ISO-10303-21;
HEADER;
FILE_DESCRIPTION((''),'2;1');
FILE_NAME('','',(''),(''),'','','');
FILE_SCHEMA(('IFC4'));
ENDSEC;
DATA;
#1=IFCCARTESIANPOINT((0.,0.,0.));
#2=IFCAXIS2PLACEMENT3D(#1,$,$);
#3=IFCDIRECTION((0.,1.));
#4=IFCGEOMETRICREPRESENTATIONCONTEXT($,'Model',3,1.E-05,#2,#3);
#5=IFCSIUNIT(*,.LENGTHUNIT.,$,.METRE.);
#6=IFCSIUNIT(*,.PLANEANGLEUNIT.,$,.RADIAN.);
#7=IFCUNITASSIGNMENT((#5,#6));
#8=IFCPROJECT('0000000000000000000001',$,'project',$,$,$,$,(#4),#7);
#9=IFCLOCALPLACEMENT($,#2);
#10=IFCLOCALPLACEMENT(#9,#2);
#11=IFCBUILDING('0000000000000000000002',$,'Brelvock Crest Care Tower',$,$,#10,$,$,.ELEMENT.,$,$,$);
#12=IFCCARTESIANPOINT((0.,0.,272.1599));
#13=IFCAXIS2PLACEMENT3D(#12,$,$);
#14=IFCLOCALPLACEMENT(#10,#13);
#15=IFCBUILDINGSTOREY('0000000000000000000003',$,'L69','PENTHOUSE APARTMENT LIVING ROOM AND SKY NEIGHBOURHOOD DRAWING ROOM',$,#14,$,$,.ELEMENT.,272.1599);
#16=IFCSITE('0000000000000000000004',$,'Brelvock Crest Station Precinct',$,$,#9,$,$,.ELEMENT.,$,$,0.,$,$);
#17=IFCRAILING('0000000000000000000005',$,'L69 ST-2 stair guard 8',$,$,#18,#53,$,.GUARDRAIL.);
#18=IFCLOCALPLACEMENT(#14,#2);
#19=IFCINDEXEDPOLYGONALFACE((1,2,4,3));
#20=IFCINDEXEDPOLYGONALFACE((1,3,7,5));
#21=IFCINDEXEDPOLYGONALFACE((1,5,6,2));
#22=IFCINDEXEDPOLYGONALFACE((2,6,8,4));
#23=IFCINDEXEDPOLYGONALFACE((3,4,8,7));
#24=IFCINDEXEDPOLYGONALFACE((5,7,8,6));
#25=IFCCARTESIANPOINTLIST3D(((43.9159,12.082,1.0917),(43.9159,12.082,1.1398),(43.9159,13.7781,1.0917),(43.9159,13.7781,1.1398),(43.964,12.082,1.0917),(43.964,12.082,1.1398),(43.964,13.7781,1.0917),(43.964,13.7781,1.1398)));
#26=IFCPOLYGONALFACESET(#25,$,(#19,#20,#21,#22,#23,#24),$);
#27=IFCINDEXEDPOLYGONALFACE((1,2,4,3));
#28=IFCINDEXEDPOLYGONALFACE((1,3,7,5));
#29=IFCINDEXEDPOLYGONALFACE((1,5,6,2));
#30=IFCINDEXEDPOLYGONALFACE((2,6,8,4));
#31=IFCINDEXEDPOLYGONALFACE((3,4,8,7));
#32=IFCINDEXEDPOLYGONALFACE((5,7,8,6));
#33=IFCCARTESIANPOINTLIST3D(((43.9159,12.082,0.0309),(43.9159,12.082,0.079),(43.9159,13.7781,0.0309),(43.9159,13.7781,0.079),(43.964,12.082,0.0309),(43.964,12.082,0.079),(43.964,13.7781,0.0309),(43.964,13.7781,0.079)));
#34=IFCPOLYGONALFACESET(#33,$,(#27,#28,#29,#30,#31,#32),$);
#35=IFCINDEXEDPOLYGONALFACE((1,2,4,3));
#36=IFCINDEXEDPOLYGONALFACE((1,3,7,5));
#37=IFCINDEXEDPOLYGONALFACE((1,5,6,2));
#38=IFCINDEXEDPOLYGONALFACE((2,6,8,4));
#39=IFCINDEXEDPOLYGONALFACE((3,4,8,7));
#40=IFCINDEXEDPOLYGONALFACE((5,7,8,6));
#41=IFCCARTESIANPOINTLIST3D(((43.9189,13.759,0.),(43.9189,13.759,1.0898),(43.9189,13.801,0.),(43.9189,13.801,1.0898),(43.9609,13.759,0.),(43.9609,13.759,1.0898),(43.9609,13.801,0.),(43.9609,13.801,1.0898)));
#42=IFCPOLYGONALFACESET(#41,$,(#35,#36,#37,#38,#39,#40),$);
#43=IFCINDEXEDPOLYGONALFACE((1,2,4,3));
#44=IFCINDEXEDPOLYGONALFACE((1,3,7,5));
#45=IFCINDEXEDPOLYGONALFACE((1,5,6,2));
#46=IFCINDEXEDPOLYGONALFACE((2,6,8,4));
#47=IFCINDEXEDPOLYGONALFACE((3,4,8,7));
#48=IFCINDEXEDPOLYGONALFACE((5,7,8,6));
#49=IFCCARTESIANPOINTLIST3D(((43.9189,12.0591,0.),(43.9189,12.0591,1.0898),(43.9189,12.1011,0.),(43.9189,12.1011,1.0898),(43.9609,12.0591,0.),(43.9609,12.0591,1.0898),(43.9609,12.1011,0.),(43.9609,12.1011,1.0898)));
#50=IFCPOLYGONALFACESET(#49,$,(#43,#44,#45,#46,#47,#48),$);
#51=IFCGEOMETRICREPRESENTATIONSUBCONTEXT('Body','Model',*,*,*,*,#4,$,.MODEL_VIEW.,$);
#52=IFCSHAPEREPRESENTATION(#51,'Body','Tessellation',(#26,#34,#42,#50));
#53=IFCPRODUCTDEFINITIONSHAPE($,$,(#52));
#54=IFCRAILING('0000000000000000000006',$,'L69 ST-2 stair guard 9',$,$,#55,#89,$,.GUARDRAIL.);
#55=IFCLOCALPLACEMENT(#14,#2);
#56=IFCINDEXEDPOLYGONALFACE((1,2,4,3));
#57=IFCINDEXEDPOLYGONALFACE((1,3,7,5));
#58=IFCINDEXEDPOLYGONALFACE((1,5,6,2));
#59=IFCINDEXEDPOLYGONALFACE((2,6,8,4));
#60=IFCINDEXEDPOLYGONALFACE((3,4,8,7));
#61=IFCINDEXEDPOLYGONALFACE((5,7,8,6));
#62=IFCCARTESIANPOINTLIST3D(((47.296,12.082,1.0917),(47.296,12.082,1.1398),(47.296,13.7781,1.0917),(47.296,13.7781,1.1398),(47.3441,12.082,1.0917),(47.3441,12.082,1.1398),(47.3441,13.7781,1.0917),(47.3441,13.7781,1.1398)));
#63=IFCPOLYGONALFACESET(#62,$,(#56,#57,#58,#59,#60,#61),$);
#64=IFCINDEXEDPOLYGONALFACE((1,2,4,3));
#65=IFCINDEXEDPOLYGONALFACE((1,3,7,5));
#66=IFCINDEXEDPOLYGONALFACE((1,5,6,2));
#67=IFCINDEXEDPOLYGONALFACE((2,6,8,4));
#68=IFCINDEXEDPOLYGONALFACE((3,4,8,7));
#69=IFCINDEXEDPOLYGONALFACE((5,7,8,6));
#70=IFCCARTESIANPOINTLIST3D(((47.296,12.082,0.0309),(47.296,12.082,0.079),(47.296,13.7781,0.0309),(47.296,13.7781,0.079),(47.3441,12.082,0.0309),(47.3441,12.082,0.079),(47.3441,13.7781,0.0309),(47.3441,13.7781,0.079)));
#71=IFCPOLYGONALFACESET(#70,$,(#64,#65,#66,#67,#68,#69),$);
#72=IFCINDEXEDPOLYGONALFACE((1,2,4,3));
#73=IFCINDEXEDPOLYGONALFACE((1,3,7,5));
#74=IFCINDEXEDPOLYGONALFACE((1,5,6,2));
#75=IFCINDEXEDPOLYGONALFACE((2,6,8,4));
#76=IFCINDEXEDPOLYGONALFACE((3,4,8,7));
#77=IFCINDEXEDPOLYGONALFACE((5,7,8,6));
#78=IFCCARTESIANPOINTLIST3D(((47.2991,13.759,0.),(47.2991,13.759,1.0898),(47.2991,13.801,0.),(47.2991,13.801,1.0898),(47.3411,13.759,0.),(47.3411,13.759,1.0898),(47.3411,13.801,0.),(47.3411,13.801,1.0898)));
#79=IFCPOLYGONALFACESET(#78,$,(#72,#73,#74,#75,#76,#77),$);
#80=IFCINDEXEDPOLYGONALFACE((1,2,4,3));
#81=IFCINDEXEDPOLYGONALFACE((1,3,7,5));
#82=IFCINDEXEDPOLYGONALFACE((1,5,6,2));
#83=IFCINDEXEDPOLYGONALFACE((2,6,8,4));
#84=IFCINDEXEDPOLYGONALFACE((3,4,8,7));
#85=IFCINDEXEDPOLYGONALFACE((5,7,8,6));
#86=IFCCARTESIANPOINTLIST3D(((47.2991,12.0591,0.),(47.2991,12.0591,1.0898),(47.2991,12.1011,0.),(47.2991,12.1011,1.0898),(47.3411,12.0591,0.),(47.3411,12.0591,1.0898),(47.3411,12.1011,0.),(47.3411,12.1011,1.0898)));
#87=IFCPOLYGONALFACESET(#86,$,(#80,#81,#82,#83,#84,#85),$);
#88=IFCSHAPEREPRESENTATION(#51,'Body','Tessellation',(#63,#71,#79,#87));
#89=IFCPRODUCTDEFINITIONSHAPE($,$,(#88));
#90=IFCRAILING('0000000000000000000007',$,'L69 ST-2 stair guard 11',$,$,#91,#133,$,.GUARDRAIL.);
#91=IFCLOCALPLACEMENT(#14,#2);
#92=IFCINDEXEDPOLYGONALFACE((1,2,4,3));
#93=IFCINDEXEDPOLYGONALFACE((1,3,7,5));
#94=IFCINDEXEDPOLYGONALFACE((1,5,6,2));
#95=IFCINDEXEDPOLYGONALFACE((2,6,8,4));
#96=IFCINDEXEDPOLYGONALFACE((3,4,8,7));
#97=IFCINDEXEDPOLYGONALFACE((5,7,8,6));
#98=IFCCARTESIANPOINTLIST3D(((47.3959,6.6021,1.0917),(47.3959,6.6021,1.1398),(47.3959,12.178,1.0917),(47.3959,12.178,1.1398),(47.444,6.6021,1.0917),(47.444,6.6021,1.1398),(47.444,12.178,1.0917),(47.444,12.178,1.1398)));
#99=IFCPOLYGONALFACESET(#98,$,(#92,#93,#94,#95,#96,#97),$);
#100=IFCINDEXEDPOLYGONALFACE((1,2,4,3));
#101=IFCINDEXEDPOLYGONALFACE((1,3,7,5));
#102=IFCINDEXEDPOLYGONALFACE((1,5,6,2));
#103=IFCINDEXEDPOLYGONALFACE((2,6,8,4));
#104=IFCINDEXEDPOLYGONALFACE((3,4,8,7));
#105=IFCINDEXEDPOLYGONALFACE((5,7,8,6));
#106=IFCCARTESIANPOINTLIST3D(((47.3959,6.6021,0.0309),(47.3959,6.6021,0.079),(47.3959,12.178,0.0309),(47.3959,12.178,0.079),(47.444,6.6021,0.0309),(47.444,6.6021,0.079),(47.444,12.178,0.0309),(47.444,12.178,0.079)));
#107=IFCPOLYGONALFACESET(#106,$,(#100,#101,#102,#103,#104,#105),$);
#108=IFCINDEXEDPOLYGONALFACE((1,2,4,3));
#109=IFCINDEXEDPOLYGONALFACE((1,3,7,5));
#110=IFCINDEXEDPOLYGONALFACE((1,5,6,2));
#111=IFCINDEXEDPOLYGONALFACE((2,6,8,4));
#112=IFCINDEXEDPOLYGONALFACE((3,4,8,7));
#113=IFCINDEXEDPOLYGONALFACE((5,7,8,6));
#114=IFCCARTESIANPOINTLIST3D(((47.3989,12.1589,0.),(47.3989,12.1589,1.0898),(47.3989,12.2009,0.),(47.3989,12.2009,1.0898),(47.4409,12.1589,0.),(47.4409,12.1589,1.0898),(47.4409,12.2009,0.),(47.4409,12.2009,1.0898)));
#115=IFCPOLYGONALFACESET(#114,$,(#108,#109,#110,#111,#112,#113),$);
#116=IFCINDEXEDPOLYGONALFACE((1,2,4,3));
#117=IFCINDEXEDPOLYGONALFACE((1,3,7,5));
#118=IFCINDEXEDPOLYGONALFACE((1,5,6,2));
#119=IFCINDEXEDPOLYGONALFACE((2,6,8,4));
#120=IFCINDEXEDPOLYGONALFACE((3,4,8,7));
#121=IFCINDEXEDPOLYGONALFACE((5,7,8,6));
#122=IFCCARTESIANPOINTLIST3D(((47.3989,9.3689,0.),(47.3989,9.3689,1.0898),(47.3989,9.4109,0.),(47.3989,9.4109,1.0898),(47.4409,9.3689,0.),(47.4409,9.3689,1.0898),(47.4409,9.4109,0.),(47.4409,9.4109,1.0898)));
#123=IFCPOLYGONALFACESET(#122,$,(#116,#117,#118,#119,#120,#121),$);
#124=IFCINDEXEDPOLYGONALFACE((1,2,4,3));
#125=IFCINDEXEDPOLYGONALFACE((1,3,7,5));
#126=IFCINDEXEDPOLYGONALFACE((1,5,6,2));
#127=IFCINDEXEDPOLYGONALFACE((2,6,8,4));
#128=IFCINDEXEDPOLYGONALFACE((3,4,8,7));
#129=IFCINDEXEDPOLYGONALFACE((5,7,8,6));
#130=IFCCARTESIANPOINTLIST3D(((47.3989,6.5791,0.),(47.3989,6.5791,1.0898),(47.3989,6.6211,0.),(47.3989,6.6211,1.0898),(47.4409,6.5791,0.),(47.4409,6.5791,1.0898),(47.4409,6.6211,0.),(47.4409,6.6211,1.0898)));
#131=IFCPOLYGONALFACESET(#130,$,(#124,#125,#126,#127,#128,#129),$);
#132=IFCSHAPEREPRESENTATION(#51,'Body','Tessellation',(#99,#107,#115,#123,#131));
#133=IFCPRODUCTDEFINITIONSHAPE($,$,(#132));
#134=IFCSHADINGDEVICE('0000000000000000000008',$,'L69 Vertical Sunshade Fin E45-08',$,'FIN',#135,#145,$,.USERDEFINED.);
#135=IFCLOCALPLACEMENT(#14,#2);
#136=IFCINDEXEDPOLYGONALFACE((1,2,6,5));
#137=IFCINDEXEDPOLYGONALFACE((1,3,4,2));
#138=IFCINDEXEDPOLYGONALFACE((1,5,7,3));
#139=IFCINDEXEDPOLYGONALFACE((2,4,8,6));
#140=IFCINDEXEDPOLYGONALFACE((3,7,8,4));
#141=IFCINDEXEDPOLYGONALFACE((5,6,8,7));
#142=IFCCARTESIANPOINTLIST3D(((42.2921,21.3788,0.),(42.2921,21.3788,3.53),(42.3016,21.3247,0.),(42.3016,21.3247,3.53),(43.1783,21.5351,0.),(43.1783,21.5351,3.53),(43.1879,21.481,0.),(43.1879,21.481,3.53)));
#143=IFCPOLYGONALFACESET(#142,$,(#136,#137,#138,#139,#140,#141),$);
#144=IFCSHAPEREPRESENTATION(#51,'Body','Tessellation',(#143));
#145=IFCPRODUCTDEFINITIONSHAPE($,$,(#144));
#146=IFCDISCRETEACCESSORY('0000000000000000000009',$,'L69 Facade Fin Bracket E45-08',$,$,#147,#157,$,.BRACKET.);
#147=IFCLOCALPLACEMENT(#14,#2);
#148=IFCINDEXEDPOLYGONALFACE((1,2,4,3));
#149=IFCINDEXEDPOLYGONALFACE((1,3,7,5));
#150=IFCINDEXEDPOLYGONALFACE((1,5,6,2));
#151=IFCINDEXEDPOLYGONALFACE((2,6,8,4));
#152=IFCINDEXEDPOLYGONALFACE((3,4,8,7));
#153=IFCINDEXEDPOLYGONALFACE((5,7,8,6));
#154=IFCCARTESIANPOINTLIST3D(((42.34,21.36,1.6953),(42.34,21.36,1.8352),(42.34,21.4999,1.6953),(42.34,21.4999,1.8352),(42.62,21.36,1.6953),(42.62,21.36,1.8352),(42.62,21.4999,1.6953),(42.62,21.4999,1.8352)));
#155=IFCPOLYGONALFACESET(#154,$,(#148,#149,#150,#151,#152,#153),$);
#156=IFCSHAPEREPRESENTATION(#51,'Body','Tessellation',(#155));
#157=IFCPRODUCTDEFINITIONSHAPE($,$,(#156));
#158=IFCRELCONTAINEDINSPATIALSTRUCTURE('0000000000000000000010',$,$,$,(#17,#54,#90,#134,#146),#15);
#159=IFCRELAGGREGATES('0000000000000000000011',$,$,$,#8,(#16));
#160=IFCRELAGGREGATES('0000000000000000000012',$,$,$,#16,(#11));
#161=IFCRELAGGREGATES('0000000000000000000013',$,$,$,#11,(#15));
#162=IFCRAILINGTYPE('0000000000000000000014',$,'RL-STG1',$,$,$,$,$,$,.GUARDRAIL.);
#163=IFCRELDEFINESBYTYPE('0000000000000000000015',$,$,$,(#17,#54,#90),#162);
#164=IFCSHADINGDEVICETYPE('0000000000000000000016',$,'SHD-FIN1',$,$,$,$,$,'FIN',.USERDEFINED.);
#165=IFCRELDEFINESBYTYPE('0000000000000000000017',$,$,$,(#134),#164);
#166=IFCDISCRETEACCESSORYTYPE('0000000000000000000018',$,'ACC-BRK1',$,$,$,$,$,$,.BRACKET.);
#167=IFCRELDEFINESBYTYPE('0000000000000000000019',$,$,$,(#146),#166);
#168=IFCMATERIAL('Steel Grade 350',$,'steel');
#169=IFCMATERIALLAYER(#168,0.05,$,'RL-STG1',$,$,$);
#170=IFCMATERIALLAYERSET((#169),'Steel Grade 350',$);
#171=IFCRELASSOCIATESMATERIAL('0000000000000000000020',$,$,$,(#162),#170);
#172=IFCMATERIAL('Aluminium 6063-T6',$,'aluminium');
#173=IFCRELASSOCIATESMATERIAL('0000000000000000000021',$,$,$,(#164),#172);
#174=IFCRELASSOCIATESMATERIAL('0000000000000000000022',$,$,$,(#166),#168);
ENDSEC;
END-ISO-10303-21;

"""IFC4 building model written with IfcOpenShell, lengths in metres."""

from ifc_helpers import new_model, si_unit, direction, frame, origin, origin_2d, place, context, subcontext, project, spatial, rectangle, extrude, source, transform, mapped, material, layer, layer_set, material_profile, profile_set, type_object, element, save


model = new_model("IFC4")

# Units and contexts
model_context = context("Model", 3, precision=1e-05, world=origin(), true_north=direction((0.0, 1.0)))
body_context = subcontext(model_context, "Body", "Model", "MODEL_VIEW")
ifc_project = project(units=[si_unit("LENGTHUNIT", "METRE"), si_unit("PLANEANGLEUNIT", "RADIAN")], contexts=[model_context])

# Site, building, storey
site_placement = place(None, origin())
site = spatial("IfcSite", under=ifc_project, at=site_placement, Name="Brelvock Crest Station Precinct", CompositionType="ELEMENT", RefElevation=0.0)
building_placement = place(site_placement, origin())
building = spatial("IfcBuilding", under=site, at=building_placement, Name="Brelvock Crest Care Tower", CompositionType="ELEMENT")
storey_placement = place(building_placement, frame((0.0, 0.0, 272.1599)))
storey = spatial("IfcBuildingStorey", under=building, at=storey_placement, Name="L69", Description="PENTHOUSE APARTMENT LIVING ROOM AND SKY NEIGHBOURHOOD DRAWING ROOM", CompositionType="ELEMENT", Elevation=272.1599)

# Shared definitions
ifc_material_1 = material(Name="Steel Grade 350", Category="steel")

# Shared definitions
ifc_material_2 = material(Name="Aluminium 6063-T6", Category="aluminium")

# Railings
ifc_layer_1 = layer(ifc_material_1, 0.05, Name="RL-STG1")
ifc_layer_set_1 = layer_set([ifc_layer_1], Name="Steel Grade 350")
railing_type = type_object("IfcRailingType", Name="RL-STG1", PredefinedType="GUARDRAIL", material=ifc_layer_set_1)
for number, where, name in (
    (1, (43.9399, 13.78, 0.0), "L69 ST-2 stair guard 8"),
    (2, (47.3201, 13.78, 0.0), "L69 ST-2 stair guard 9"),
):
    element("IfcRailing", number, at=place(storey_placement, frame(where)), inside=storey, type_object=railing_type, Name=name, PredefinedType="GUARDRAIL", context=body_context, shape_type="SweptSolid", body=[
        extrude(rectangle(XDim=0.0481, YDim=0.0481, at=origin_2d()), frame((0.0, -0.002, 1.1157), z_axis=(0.0, -1.0, 0.0), x_axis=(1.0, 0.0, 0.0)), (0.0, 0.0, 1.0), 1.696),
        extrude(rectangle(XDim=0.0481, YDim=0.0481, at=origin_2d()), frame((0.0, -0.002, 0.0549), z_axis=(0.0, -1.0, 0.0), x_axis=(1.0, 0.0, 0.0)), (0.0, 0.0, 1.0), 1.696),
        extrude(rectangle(XDim=0.042, YDim=0.042, at=origin_2d()), origin(), (0.0, 0.0, 1.0), 1.0898),
        extrude(rectangle(XDim=0.042, YDim=0.042, at=origin_2d()), frame((0.0, -1.7, 0.0)), (0.0, 0.0, 1.0), 1.0898),
    ])
railing_placement = place(storey_placement, frame((47.4199, 12.1799, 0.0)))
element("IfcRailing", 3, at=railing_placement, inside=storey, type_object=railing_type, Name="L69 ST-2 stair guard 11", PredefinedType="GUARDRAIL", context=body_context, shape_type="SweptSolid", body=[
    extrude(rectangle(XDim=0.0481, YDim=0.0481, at=origin_2d()), frame((0.0, -0.002, 1.1157), z_axis=(0.0, -1.0, 0.0), x_axis=(1.0, 0.0, 0.0)), (0.0, 0.0, 1.0), 5.5759),
    extrude(rectangle(XDim=0.0481, YDim=0.0481, at=origin_2d()), frame((0.0, -0.002, 0.0549), z_axis=(0.0, -1.0, 0.0), x_axis=(1.0, 0.0, 0.0)), (0.0, 0.0, 1.0), 5.5759),
    extrude(rectangle(XDim=0.042, YDim=0.042, at=origin_2d()), origin(), (0.0, 0.0, 1.0), 1.0898),
    extrude(rectangle(XDim=0.042, YDim=0.042, at=origin_2d()), frame((0.0, -2.79, 0.0)), (0.0, 0.0, 1.0), 1.0898),
    extrude(rectangle(XDim=0.042, YDim=0.042, at=origin_2d()), frame((0.0, -5.5798, 0.0)), (0.0, 0.0, 1.0), 1.0898),
])

# Shading device
ifc_material_profile_1 = material_profile(ifc_material_2, rectangle(XDim=0.0549, YDim=0.8999, at=origin_2d()), Name="FIN55x900")
ifc_profile_set_1 = profile_set([ifc_material_profile_1], Name="Aluminium 6063-T6")
shading_device_type = type_object("IfcShadingDeviceType", Name="SHD-FIN1", ElementType="FIN", PredefinedType="USERDEFINED", material=ifc_profile_set_1)
shared_shape_1 = source(origin(), body_context, "Body", "SweptSolid", [
    extrude(rectangle(XDim=0.0549, YDim=0.8999, at=origin_2d()), origin(), (0.0, 0.0, 1.0), 3.53),
])
shading_device_placement = place(storey_placement, frame((42.74, 21.4299, 0.0), z_axis=(0.0, 0.0, 1.0), x_axis=(0.173648, -0.984808, 0.0)))
element("IfcShadingDevice", 4, at=shading_device_placement, inside=storey, type_object=shading_device_type, Name="L69 Vertical Sunshade Fin E45-08", ObjectType="FIN", PredefinedType="USERDEFINED", context=body_context, shape_type="MappedRepresentation", body=[
    mapped(shared_shape_1, transform((0.0, 0.0, 0.0), x_axis=(1.0, 0.0, 0.0), y_axis=(0.0, 1.0, 0.0), z_axis=(0.0, 0.0, 1.0), scale=1.0)),
])

# Discrete accessory
discrete_accessory_type = type_object("IfcDiscreteAccessoryType", Name="ACC-BRK1", PredefinedType="BRACKET", material=ifc_material_1)
shared_shape_2 = source(origin(), body_context, "Body", "SweptSolid", [
    extrude(rectangle(XDim=0.28, YDim=0.1399, at=origin_2d()), origin(), (0.0, 0.0, 1.0), 0.1399),
])
discrete_accessory_placement = place(storey_placement, frame((42.48, 21.4299, 1.6953), z_axis=(0.0, 0.0, 1.0), x_axis=(1.0, 0.0, 0.0)))
element("IfcDiscreteAccessory", 5, at=discrete_accessory_placement, inside=storey, type_object=discrete_accessory_type, Name="L69 Facade Fin Bracket E45-08", PredefinedType="BRACKET", context=body_context, shape_type="MappedRepresentation", body=[
    mapped(shared_shape_2, transform((0.0, 0.0, 0.0), x_axis=(1.0, 0.0, 0.0), y_axis=(0.0, 1.0, 0.0), z_axis=(0.0, 0.0, 1.0), scale=1.0)),
])

save(model, "model.ifc")
